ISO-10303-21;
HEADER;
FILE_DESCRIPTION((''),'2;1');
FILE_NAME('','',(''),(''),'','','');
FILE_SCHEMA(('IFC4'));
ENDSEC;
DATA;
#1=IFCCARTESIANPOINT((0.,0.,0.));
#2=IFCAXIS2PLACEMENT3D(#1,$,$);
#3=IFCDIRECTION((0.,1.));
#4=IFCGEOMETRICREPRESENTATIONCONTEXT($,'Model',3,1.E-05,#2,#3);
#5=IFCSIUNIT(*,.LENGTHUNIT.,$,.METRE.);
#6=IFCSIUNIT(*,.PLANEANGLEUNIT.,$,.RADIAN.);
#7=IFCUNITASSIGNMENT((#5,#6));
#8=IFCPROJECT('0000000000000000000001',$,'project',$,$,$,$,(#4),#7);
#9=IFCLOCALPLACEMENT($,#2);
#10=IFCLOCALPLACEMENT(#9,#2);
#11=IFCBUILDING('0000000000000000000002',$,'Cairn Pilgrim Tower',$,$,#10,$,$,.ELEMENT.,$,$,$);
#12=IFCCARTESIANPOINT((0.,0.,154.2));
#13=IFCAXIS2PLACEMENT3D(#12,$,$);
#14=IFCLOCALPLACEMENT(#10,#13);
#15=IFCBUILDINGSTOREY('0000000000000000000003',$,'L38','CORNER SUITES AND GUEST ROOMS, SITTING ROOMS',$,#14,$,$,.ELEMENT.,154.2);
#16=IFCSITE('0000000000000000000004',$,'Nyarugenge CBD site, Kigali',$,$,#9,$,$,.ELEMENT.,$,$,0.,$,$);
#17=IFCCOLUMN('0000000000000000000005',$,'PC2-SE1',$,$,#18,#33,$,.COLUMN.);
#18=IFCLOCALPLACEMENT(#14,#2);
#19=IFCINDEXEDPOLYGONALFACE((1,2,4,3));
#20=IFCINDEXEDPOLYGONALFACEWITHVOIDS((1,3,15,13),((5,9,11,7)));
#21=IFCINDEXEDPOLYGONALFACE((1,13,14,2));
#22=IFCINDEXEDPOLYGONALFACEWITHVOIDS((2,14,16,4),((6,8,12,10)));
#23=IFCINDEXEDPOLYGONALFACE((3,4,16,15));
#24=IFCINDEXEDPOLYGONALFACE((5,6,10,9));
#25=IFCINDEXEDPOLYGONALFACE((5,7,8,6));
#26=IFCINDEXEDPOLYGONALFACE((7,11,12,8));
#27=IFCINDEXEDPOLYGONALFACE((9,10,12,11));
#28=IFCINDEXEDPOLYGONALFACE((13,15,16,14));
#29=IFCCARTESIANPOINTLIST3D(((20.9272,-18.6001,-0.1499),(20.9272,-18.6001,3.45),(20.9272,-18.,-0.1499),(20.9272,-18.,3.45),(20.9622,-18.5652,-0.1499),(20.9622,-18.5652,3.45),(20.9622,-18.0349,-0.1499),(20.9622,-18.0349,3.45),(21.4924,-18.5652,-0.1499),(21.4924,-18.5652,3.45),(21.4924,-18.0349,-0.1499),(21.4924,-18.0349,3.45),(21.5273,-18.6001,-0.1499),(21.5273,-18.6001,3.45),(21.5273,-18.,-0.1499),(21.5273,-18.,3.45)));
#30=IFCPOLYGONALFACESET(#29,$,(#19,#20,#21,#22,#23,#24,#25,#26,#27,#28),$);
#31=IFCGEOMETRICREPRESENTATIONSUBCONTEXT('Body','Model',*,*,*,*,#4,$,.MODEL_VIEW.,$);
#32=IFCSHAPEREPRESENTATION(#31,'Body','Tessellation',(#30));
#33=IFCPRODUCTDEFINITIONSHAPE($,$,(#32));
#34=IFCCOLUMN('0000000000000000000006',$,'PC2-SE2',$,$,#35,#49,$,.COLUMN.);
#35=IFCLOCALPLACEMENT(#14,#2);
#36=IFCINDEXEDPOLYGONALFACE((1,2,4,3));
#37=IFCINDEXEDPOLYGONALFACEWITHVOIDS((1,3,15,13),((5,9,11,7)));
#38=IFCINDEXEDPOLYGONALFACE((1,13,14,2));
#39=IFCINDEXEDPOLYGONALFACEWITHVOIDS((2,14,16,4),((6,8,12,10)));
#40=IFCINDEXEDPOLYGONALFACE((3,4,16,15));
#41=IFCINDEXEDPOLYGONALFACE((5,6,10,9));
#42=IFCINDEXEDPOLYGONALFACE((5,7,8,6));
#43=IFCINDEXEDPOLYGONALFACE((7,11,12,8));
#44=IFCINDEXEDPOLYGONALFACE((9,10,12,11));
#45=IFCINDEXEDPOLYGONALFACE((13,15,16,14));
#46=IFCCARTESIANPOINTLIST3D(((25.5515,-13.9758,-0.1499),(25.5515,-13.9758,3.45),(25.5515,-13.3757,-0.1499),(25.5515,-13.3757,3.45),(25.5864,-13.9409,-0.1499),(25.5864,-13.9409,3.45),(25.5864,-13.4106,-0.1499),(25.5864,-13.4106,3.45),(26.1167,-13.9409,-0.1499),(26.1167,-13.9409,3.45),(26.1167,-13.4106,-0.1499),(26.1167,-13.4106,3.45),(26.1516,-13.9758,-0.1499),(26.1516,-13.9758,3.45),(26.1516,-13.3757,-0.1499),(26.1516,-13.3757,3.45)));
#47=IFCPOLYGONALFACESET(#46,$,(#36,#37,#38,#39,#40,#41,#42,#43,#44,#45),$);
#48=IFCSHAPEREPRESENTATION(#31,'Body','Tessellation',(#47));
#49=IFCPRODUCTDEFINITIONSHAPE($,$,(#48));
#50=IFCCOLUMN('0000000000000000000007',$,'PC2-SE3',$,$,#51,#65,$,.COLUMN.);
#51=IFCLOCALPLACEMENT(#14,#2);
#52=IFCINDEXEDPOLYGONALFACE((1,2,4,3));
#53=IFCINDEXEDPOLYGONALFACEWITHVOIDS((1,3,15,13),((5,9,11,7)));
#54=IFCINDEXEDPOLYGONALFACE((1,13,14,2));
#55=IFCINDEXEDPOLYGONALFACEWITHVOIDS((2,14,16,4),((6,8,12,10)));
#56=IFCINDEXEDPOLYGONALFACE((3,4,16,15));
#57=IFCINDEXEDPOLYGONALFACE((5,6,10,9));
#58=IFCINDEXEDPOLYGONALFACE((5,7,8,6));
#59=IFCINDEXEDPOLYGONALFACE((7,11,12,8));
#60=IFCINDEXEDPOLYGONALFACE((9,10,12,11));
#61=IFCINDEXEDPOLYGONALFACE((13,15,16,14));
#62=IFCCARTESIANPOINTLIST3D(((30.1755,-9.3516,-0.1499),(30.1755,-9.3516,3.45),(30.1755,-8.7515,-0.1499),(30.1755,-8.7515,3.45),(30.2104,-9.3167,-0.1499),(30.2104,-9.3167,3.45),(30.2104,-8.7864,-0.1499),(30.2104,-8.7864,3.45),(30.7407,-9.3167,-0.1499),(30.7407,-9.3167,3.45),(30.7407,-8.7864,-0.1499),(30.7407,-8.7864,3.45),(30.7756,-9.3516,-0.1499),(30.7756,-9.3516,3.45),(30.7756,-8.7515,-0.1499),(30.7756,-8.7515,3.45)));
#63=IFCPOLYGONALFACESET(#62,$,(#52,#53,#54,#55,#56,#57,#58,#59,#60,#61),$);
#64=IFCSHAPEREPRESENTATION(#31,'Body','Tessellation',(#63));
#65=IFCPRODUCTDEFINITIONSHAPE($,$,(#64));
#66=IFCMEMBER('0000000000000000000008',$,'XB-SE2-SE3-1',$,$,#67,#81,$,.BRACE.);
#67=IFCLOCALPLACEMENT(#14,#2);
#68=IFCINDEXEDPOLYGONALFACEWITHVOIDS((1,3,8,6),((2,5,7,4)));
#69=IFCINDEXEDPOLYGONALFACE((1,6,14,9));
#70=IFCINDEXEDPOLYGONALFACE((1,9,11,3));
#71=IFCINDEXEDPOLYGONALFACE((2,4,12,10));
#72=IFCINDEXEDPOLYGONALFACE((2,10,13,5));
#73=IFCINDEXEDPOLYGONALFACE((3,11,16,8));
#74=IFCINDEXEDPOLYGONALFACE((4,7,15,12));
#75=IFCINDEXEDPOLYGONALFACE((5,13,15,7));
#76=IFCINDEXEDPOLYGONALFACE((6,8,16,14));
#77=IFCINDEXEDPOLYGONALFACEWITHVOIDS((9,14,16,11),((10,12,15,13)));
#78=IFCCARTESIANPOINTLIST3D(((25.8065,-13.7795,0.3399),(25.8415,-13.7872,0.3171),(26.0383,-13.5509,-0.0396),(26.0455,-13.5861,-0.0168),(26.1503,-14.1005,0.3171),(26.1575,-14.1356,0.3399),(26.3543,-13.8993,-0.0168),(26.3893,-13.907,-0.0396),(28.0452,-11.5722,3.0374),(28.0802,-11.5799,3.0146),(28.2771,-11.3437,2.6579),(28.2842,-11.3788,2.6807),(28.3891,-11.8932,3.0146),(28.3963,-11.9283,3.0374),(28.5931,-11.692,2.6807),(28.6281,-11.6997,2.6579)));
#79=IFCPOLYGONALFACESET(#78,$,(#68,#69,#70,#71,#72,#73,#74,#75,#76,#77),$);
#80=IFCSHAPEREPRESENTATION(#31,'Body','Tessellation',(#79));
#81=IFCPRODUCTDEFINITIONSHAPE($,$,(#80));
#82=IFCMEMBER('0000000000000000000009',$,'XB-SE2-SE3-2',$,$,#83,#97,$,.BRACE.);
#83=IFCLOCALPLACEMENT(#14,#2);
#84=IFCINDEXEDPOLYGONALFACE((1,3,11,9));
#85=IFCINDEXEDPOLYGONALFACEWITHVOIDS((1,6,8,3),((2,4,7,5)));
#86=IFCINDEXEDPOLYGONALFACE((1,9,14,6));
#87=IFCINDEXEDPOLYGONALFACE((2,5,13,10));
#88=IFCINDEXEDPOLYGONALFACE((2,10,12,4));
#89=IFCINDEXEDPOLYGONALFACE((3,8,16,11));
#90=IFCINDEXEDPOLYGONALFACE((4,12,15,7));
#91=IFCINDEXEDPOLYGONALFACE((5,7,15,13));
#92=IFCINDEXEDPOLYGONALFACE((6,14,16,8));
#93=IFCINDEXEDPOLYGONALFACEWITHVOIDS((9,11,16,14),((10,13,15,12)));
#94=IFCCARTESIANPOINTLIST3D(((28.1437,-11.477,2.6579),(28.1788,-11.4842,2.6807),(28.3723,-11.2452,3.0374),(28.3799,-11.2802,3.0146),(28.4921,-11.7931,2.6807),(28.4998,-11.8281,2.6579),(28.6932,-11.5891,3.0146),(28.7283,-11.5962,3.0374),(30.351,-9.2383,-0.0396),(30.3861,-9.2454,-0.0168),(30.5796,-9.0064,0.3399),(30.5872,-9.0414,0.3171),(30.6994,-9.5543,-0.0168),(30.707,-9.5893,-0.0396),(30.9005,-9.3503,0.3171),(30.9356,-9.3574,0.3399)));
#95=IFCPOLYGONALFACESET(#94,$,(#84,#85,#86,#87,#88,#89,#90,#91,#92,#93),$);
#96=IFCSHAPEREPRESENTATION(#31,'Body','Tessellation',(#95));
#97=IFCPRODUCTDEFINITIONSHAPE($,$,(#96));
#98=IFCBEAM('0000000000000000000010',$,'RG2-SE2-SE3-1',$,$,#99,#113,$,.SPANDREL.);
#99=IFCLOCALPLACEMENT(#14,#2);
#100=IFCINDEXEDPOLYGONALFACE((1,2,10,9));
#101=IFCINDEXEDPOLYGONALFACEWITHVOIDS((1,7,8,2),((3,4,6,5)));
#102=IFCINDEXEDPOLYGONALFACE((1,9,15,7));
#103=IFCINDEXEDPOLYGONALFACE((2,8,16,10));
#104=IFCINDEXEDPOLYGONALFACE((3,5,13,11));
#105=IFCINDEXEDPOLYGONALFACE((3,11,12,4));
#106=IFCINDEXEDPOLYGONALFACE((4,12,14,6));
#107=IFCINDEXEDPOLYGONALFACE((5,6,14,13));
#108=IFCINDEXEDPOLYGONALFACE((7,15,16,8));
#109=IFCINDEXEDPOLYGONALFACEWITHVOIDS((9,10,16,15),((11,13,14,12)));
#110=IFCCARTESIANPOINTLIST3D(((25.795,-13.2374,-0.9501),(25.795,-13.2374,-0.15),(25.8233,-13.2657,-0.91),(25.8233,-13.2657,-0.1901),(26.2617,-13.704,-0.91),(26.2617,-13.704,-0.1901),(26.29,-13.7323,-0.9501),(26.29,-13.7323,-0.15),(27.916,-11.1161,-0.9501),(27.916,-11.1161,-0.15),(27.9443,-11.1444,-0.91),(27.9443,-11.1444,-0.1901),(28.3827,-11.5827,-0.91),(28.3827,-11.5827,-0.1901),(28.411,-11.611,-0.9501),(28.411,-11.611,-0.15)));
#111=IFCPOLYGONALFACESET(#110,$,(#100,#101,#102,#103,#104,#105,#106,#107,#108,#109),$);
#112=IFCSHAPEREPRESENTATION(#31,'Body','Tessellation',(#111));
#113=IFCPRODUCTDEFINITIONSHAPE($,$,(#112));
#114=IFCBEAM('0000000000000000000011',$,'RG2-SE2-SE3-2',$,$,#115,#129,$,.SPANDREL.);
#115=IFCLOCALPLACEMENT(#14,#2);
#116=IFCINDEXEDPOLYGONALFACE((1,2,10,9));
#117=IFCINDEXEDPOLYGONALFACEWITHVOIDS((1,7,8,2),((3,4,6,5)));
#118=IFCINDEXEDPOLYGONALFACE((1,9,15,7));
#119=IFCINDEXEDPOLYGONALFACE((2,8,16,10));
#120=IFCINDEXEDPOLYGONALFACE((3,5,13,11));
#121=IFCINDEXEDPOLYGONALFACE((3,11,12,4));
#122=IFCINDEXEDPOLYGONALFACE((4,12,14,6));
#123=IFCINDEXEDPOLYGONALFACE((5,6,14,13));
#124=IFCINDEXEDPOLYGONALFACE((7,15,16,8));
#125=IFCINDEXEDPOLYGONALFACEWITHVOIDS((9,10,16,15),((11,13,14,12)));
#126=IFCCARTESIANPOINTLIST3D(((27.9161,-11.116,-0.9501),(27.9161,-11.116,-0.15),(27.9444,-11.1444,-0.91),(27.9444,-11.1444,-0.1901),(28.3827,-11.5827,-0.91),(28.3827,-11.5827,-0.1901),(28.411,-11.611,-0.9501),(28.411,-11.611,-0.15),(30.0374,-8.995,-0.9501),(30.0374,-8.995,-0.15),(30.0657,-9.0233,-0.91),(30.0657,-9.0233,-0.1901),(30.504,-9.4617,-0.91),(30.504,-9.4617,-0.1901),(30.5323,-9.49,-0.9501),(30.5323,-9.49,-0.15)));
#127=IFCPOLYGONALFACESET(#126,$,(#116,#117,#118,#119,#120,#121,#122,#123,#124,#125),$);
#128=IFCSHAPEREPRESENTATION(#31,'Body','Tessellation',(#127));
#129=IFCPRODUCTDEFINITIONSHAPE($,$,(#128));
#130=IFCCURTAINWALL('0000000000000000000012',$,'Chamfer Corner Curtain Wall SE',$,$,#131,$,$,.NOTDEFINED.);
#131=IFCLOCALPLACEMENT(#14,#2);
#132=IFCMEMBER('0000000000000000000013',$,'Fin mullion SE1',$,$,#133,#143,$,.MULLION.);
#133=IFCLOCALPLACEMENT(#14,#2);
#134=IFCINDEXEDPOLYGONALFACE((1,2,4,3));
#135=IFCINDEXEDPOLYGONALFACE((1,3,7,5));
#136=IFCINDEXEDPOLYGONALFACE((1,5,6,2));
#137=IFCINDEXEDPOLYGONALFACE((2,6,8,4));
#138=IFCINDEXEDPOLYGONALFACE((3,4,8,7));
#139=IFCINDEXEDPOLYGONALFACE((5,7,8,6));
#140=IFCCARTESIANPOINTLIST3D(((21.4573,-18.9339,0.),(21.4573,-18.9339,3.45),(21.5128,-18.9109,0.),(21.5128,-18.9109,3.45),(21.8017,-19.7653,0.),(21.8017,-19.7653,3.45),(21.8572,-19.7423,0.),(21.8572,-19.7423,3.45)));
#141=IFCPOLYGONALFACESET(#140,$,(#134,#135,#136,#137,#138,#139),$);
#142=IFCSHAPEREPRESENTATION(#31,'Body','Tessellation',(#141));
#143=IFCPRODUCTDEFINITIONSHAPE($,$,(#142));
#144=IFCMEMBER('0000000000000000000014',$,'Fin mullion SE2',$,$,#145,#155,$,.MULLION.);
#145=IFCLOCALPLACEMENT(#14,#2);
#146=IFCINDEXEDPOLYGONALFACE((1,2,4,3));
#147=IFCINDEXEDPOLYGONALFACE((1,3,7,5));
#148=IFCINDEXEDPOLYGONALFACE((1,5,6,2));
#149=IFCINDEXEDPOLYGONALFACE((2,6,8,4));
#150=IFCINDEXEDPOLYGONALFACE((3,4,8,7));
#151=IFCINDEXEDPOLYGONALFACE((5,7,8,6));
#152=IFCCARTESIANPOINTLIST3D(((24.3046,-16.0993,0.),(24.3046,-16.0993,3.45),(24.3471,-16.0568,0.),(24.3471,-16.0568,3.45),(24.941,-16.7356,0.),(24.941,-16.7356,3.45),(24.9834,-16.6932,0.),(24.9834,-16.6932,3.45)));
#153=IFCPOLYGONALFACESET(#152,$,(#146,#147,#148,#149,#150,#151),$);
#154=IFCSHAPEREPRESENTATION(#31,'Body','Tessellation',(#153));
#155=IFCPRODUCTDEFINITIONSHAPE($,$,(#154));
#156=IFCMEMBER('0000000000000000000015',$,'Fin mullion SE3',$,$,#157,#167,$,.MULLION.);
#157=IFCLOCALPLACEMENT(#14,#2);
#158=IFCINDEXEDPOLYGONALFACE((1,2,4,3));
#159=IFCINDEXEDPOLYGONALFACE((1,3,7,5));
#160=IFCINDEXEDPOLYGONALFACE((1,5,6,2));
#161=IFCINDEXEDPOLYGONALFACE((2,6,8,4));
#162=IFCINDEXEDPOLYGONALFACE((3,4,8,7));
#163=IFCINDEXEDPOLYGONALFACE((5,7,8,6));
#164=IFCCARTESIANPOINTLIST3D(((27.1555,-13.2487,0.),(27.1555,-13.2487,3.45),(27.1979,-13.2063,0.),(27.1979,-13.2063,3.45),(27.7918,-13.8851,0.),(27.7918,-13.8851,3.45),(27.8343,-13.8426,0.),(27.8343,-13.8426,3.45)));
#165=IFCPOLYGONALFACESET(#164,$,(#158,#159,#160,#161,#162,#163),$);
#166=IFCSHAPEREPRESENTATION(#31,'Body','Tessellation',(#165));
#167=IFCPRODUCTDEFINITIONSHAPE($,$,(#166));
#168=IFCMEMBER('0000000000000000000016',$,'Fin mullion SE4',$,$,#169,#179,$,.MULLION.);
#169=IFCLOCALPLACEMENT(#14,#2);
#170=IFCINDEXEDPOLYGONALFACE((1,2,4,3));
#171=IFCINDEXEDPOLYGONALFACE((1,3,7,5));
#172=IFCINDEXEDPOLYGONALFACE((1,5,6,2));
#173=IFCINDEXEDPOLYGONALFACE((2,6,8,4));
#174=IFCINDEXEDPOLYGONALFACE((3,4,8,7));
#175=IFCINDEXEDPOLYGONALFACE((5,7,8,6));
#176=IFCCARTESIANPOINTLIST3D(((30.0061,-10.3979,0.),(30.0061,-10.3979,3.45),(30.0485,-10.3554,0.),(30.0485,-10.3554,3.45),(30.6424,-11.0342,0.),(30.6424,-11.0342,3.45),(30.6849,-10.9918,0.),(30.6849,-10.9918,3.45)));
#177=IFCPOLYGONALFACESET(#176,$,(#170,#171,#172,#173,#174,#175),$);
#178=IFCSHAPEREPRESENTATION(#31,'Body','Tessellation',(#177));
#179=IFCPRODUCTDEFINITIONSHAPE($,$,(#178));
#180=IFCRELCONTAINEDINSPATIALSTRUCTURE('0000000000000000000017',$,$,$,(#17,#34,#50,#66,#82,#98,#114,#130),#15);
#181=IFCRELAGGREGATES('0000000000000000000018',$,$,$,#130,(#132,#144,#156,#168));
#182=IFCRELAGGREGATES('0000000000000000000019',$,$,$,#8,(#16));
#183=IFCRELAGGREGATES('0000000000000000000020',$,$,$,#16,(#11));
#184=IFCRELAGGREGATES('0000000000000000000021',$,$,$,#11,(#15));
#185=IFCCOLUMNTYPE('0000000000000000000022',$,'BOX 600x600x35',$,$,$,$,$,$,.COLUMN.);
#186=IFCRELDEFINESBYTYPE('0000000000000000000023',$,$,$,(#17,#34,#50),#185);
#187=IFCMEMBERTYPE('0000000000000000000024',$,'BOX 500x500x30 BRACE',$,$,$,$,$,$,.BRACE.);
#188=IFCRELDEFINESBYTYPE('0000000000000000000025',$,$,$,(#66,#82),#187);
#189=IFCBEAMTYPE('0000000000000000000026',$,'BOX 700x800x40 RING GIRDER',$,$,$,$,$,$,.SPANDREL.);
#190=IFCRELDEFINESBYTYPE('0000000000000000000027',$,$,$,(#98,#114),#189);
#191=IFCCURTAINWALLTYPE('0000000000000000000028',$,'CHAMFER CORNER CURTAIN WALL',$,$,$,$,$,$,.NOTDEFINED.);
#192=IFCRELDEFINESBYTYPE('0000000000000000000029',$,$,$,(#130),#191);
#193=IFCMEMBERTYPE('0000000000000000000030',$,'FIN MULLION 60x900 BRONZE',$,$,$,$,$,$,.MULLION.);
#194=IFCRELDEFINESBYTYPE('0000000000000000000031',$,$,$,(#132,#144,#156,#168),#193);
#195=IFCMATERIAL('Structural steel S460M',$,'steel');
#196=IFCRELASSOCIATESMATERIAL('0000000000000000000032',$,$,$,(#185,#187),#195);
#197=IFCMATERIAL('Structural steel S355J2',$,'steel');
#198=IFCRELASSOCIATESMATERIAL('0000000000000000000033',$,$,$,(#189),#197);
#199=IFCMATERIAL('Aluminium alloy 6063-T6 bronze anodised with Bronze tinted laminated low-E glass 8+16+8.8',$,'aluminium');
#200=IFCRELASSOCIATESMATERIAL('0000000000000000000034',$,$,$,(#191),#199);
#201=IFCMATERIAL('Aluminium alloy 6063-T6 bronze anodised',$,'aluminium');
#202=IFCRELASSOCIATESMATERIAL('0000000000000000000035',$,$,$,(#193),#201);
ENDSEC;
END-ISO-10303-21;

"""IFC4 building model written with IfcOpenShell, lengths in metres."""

from ifc_helpers import new_model, si_unit, direction, frame, origin, origin_2d, place, context, subcontext, project, spatial, rectangle, hollow_rectangle, extrude, material, material_profile, profile_set, type_object, element, aggregate, save


model = new_model("IFC4")

# Units and contexts
model_context = context("Model", 3, precision=1e-05, world=origin(), true_north=direction((0.0, 1.0)))
body_context = subcontext(model_context, "Body", "Model", "MODEL_VIEW")
ifc_project = project(units=[si_unit("LENGTHUNIT", "METRE"), si_unit("PLANEANGLEUNIT", "RADIAN")], contexts=[model_context])

# Site, building, storey
site_placement = place(None, origin())
site = spatial("IfcSite", under=ifc_project, at=site_placement, Name="Nyarugenge CBD site, Kigali", CompositionType="ELEMENT", RefElevation=0.0)
building_placement = place(site_placement, origin())
building = spatial("IfcBuilding", under=site, at=building_placement, Name="Cairn Pilgrim Tower", CompositionType="ELEMENT")
storey_placement = place(building_placement, frame((0.0, 0.0, 154.2)))
storey = spatial("IfcBuildingStorey", under=building, at=storey_placement, Name="L38", Description="CORNER SUITES AND GUEST ROOMS, SITTING ROOMS", CompositionType="ELEMENT", Elevation=154.2)

# Columns
ifc_material_1 = material(Name="Structural steel S460M", Category="steel")
ifc_material_profile_1 = material_profile(ifc_material_1, hollow_rectangle(XDim=0.6001, YDim=0.6001, WallThickness=0.0349, at=origin_2d()), Name="BOX 600x600x35")
ifc_profile_set_1 = profile_set([ifc_material_profile_1], Name="Structural steel S460M")
column_type = type_object("IfcColumnType", Name="BOX 600x600x35", PredefinedType="COLUMN", material=ifc_profile_set_1)
for number, where, z_axis, x_axis, name in (
    (1, (21.2273, -18.3, -0.1499), (0.0, 0.0, 1.0), (1.0, 0.0, 0.0), "PC2-SE1"),
    (2, (25.8516, -13.6758, -0.1499), (0.0, 0.0, 1.0), (1.0, 0.0, 0.0), "PC2-SE2"),
    (3, (30.4756, -9.0515, -0.1499), (0.0, 0.0, 1.0), (1.0, 0.0, 0.0), "PC2-SE3"),
):
    element("IfcColumn", number, at=place(storey_placement, frame(where, z_axis=z_axis, x_axis=x_axis)), inside=storey, type_object=column_type, Name=name, PredefinedType="COLUMN", context=body_context, shape_type="SweptSolid", body=[
        extrude(hollow_rectangle(XDim=0.6001, YDim=0.6001, WallThickness=0.0349, at=origin_2d()), origin(), (0.0, 0.0, 1.0), 3.5999),
    ])

# Members
ifc_material_profile_2 = material_profile(ifc_material_1, hollow_rectangle(XDim=0.5, YDim=0.5, WallThickness=0.03, at=origin_2d()), Name="BOX 500x500x30")
ifc_profile_set_2 = profile_set([ifc_material_profile_2], Name="Structural steel S460M")
member_type_1 = type_object("IfcMemberType", Name="BOX 500x500x30 BRACE", PredefinedType="BRACE", material=ifc_profile_set_2)
for number, where, z_axis, x_axis, name in (
    (4, (26.0979, -13.8433, 0.1501), (0.540433, 0.53283, 0.651171), (-0.70208, 0.712098, 0.0), "XB-SE2-SE3-1"),
    (5, (30.6433, -9.2979, 0.1501), (-0.53283, -0.540433, 0.651171), (0.712098, -0.70208, 0.0), "XB-SE2-SE3-2"),
):
    element("IfcMember", number, at=place(storey_placement, frame(where, z_axis=z_axis, x_axis=x_axis)), inside=storey, type_object=member_type_1, Name=name, PredefinedType="BRACE", context=body_context, shape_type="SweptSolid", body=[
        extrude(hollow_rectangle(XDim=0.5, YDim=0.5, WallThickness=0.03, at=origin_2d()), origin(), (0.0, 0.0, 1.0), 4.1426),
    ])

# Beams
ifc_material_2 = material(Name="Structural steel S355J2", Category="steel")
ifc_material_profile_3 = material_profile(ifc_material_2, hollow_rectangle(XDim=0.7, YDim=0.8, WallThickness=0.04, at=origin_2d()), Name="BOX 700x800x40")
ifc_profile_set_3 = profile_set([ifc_material_profile_3], Name="Structural steel S355J2")
beam_type_1 = type_object("IfcBeamType", Name="BOX 700x800x40 RING GIRDER", PredefinedType="SPANDREL", material=ifc_profile_set_3)
for number, where, z_axis, x_axis, name in (
    (6, (26.0425, -13.4849, -0.55), (0.707066, 0.707147, 0.0), (-0.707147, 0.707066, 0.0), "RG2-SE2-SE3-1"),
    (7, (28.1636, -11.3635, -0.55), (0.707147, 0.707066, 0.0), (-0.707066, 0.707147, 0.0), "RG2-SE2-SE3-2"),
):
    element("IfcBeam", number, at=place(storey_placement, frame(where, z_axis=z_axis, x_axis=x_axis)), inside=storey, type_object=beam_type_1, Name=name, PredefinedType="SPANDREL", context=body_context, shape_type="SweptSolid", body=[
        extrude(hollow_rectangle(XDim=0.7, YDim=0.8, WallThickness=0.04, at=origin_2d()), origin(), (0.0, 0.0, 1.0), 2.9998),
    ])

# Curtain wall, members
ifc_material_3 = material(Name="Aluminium alloy 6063-T6 bronze anodised with Bronze tinted laminated low-E glass 8+16+8.8", Category="aluminium")
curtain_wall_type = type_object("IfcCurtainWallType", Name="CHAMFER CORNER CURTAIN WALL", PredefinedType="NOTDEFINED", material=ifc_material_3)
curtain_wall_placement = place(storey_placement, origin())
curtain_wall = element("IfcCurtainWall", 8, at=curtain_wall_placement, inside=storey, type_object=curtain_wall_type, Name="Chamfer Corner Curtain Wall SE", PredefinedType="NOTDEFINED")
ifc_material_4 = material(Name="Aluminium alloy 6063-T6 bronze anodised", Category="aluminium")
ifc_material_profile_4 = material_profile(ifc_material_4, rectangle(XDim=0.8999, YDim=0.0601, at=origin_2d()), Name="FIN MULLION 60x900 BRONZE")
ifc_profile_set_4 = profile_set([ifc_material_profile_4], Name="Aluminium alloy 6063-T6 bronze anodised")
member_type_2 = type_object("IfcMemberType", Name="FIN MULLION 60x900 BRONZE", PredefinedType="MULLION", material=ifc_profile_set_4)
member_1_placement = place(storey_placement, frame((21.6572, -19.3381, 0.0), z_axis=(0.0, 0.0, 1.0), x_axis=(0.382683, -0.92388, 0.0)))
member_1 = element("IfcMember", 9, at=member_1_placement, type_object=member_type_2, Name="Fin mullion SE1", PredefinedType="MULLION", context=body_context, shape_type="SweptSolid", body=[
    extrude(rectangle(XDim=0.8999, YDim=0.0601, at=origin_2d()), origin(), (0.0, 0.0, 1.0), 3.45),
])
member_2_placement = place(storey_placement, frame((24.644, -16.3962, 0.0), z_axis=(0.0, 0.0, 1.0), x_axis=(0.707107, -0.707107, 0.0)))
member_2 = element("IfcMember", 10, at=member_2_placement, type_object=member_type_2, Name="Fin mullion SE2", PredefinedType="MULLION", context=body_context, shape_type="SweptSolid", body=[
    extrude(rectangle(XDim=0.8999, YDim=0.0601, at=origin_2d()), origin(), (0.0, 0.0, 1.0), 3.45),
])
member_3_placement = place(storey_placement, frame((27.4949, -13.5457, 0.0), z_axis=(0.0, 0.0, 1.0), x_axis=(0.707107, -0.707107, 0.0)))
member_3 = element("IfcMember", 11, at=member_3_placement, type_object=member_type_2, Name="Fin mullion SE3", PredefinedType="MULLION", context=body_context, shape_type="SweptSolid", body=[
    extrude(rectangle(XDim=0.8999, YDim=0.0601, at=origin_2d()), origin(), (0.0, 0.0, 1.0), 3.45),
])
member_4_placement = place(storey_placement, frame((30.3455, -10.6948, 0.0), z_axis=(0.0, 0.0, 1.0), x_axis=(0.707107, -0.707107, 0.0)))
member_4 = element("IfcMember", 12, at=member_4_placement, type_object=member_type_2, Name="Fin mullion SE4", PredefinedType="MULLION", context=body_context, shape_type="SweptSolid", body=[
    extrude(rectangle(XDim=0.8999, YDim=0.0601, at=origin_2d()), origin(), (0.0, 0.0, 1.0), 3.45),
])

aggregate(curtain_wall, [member_1, member_2, member_3, member_4])

save(model, "model.ifc")
